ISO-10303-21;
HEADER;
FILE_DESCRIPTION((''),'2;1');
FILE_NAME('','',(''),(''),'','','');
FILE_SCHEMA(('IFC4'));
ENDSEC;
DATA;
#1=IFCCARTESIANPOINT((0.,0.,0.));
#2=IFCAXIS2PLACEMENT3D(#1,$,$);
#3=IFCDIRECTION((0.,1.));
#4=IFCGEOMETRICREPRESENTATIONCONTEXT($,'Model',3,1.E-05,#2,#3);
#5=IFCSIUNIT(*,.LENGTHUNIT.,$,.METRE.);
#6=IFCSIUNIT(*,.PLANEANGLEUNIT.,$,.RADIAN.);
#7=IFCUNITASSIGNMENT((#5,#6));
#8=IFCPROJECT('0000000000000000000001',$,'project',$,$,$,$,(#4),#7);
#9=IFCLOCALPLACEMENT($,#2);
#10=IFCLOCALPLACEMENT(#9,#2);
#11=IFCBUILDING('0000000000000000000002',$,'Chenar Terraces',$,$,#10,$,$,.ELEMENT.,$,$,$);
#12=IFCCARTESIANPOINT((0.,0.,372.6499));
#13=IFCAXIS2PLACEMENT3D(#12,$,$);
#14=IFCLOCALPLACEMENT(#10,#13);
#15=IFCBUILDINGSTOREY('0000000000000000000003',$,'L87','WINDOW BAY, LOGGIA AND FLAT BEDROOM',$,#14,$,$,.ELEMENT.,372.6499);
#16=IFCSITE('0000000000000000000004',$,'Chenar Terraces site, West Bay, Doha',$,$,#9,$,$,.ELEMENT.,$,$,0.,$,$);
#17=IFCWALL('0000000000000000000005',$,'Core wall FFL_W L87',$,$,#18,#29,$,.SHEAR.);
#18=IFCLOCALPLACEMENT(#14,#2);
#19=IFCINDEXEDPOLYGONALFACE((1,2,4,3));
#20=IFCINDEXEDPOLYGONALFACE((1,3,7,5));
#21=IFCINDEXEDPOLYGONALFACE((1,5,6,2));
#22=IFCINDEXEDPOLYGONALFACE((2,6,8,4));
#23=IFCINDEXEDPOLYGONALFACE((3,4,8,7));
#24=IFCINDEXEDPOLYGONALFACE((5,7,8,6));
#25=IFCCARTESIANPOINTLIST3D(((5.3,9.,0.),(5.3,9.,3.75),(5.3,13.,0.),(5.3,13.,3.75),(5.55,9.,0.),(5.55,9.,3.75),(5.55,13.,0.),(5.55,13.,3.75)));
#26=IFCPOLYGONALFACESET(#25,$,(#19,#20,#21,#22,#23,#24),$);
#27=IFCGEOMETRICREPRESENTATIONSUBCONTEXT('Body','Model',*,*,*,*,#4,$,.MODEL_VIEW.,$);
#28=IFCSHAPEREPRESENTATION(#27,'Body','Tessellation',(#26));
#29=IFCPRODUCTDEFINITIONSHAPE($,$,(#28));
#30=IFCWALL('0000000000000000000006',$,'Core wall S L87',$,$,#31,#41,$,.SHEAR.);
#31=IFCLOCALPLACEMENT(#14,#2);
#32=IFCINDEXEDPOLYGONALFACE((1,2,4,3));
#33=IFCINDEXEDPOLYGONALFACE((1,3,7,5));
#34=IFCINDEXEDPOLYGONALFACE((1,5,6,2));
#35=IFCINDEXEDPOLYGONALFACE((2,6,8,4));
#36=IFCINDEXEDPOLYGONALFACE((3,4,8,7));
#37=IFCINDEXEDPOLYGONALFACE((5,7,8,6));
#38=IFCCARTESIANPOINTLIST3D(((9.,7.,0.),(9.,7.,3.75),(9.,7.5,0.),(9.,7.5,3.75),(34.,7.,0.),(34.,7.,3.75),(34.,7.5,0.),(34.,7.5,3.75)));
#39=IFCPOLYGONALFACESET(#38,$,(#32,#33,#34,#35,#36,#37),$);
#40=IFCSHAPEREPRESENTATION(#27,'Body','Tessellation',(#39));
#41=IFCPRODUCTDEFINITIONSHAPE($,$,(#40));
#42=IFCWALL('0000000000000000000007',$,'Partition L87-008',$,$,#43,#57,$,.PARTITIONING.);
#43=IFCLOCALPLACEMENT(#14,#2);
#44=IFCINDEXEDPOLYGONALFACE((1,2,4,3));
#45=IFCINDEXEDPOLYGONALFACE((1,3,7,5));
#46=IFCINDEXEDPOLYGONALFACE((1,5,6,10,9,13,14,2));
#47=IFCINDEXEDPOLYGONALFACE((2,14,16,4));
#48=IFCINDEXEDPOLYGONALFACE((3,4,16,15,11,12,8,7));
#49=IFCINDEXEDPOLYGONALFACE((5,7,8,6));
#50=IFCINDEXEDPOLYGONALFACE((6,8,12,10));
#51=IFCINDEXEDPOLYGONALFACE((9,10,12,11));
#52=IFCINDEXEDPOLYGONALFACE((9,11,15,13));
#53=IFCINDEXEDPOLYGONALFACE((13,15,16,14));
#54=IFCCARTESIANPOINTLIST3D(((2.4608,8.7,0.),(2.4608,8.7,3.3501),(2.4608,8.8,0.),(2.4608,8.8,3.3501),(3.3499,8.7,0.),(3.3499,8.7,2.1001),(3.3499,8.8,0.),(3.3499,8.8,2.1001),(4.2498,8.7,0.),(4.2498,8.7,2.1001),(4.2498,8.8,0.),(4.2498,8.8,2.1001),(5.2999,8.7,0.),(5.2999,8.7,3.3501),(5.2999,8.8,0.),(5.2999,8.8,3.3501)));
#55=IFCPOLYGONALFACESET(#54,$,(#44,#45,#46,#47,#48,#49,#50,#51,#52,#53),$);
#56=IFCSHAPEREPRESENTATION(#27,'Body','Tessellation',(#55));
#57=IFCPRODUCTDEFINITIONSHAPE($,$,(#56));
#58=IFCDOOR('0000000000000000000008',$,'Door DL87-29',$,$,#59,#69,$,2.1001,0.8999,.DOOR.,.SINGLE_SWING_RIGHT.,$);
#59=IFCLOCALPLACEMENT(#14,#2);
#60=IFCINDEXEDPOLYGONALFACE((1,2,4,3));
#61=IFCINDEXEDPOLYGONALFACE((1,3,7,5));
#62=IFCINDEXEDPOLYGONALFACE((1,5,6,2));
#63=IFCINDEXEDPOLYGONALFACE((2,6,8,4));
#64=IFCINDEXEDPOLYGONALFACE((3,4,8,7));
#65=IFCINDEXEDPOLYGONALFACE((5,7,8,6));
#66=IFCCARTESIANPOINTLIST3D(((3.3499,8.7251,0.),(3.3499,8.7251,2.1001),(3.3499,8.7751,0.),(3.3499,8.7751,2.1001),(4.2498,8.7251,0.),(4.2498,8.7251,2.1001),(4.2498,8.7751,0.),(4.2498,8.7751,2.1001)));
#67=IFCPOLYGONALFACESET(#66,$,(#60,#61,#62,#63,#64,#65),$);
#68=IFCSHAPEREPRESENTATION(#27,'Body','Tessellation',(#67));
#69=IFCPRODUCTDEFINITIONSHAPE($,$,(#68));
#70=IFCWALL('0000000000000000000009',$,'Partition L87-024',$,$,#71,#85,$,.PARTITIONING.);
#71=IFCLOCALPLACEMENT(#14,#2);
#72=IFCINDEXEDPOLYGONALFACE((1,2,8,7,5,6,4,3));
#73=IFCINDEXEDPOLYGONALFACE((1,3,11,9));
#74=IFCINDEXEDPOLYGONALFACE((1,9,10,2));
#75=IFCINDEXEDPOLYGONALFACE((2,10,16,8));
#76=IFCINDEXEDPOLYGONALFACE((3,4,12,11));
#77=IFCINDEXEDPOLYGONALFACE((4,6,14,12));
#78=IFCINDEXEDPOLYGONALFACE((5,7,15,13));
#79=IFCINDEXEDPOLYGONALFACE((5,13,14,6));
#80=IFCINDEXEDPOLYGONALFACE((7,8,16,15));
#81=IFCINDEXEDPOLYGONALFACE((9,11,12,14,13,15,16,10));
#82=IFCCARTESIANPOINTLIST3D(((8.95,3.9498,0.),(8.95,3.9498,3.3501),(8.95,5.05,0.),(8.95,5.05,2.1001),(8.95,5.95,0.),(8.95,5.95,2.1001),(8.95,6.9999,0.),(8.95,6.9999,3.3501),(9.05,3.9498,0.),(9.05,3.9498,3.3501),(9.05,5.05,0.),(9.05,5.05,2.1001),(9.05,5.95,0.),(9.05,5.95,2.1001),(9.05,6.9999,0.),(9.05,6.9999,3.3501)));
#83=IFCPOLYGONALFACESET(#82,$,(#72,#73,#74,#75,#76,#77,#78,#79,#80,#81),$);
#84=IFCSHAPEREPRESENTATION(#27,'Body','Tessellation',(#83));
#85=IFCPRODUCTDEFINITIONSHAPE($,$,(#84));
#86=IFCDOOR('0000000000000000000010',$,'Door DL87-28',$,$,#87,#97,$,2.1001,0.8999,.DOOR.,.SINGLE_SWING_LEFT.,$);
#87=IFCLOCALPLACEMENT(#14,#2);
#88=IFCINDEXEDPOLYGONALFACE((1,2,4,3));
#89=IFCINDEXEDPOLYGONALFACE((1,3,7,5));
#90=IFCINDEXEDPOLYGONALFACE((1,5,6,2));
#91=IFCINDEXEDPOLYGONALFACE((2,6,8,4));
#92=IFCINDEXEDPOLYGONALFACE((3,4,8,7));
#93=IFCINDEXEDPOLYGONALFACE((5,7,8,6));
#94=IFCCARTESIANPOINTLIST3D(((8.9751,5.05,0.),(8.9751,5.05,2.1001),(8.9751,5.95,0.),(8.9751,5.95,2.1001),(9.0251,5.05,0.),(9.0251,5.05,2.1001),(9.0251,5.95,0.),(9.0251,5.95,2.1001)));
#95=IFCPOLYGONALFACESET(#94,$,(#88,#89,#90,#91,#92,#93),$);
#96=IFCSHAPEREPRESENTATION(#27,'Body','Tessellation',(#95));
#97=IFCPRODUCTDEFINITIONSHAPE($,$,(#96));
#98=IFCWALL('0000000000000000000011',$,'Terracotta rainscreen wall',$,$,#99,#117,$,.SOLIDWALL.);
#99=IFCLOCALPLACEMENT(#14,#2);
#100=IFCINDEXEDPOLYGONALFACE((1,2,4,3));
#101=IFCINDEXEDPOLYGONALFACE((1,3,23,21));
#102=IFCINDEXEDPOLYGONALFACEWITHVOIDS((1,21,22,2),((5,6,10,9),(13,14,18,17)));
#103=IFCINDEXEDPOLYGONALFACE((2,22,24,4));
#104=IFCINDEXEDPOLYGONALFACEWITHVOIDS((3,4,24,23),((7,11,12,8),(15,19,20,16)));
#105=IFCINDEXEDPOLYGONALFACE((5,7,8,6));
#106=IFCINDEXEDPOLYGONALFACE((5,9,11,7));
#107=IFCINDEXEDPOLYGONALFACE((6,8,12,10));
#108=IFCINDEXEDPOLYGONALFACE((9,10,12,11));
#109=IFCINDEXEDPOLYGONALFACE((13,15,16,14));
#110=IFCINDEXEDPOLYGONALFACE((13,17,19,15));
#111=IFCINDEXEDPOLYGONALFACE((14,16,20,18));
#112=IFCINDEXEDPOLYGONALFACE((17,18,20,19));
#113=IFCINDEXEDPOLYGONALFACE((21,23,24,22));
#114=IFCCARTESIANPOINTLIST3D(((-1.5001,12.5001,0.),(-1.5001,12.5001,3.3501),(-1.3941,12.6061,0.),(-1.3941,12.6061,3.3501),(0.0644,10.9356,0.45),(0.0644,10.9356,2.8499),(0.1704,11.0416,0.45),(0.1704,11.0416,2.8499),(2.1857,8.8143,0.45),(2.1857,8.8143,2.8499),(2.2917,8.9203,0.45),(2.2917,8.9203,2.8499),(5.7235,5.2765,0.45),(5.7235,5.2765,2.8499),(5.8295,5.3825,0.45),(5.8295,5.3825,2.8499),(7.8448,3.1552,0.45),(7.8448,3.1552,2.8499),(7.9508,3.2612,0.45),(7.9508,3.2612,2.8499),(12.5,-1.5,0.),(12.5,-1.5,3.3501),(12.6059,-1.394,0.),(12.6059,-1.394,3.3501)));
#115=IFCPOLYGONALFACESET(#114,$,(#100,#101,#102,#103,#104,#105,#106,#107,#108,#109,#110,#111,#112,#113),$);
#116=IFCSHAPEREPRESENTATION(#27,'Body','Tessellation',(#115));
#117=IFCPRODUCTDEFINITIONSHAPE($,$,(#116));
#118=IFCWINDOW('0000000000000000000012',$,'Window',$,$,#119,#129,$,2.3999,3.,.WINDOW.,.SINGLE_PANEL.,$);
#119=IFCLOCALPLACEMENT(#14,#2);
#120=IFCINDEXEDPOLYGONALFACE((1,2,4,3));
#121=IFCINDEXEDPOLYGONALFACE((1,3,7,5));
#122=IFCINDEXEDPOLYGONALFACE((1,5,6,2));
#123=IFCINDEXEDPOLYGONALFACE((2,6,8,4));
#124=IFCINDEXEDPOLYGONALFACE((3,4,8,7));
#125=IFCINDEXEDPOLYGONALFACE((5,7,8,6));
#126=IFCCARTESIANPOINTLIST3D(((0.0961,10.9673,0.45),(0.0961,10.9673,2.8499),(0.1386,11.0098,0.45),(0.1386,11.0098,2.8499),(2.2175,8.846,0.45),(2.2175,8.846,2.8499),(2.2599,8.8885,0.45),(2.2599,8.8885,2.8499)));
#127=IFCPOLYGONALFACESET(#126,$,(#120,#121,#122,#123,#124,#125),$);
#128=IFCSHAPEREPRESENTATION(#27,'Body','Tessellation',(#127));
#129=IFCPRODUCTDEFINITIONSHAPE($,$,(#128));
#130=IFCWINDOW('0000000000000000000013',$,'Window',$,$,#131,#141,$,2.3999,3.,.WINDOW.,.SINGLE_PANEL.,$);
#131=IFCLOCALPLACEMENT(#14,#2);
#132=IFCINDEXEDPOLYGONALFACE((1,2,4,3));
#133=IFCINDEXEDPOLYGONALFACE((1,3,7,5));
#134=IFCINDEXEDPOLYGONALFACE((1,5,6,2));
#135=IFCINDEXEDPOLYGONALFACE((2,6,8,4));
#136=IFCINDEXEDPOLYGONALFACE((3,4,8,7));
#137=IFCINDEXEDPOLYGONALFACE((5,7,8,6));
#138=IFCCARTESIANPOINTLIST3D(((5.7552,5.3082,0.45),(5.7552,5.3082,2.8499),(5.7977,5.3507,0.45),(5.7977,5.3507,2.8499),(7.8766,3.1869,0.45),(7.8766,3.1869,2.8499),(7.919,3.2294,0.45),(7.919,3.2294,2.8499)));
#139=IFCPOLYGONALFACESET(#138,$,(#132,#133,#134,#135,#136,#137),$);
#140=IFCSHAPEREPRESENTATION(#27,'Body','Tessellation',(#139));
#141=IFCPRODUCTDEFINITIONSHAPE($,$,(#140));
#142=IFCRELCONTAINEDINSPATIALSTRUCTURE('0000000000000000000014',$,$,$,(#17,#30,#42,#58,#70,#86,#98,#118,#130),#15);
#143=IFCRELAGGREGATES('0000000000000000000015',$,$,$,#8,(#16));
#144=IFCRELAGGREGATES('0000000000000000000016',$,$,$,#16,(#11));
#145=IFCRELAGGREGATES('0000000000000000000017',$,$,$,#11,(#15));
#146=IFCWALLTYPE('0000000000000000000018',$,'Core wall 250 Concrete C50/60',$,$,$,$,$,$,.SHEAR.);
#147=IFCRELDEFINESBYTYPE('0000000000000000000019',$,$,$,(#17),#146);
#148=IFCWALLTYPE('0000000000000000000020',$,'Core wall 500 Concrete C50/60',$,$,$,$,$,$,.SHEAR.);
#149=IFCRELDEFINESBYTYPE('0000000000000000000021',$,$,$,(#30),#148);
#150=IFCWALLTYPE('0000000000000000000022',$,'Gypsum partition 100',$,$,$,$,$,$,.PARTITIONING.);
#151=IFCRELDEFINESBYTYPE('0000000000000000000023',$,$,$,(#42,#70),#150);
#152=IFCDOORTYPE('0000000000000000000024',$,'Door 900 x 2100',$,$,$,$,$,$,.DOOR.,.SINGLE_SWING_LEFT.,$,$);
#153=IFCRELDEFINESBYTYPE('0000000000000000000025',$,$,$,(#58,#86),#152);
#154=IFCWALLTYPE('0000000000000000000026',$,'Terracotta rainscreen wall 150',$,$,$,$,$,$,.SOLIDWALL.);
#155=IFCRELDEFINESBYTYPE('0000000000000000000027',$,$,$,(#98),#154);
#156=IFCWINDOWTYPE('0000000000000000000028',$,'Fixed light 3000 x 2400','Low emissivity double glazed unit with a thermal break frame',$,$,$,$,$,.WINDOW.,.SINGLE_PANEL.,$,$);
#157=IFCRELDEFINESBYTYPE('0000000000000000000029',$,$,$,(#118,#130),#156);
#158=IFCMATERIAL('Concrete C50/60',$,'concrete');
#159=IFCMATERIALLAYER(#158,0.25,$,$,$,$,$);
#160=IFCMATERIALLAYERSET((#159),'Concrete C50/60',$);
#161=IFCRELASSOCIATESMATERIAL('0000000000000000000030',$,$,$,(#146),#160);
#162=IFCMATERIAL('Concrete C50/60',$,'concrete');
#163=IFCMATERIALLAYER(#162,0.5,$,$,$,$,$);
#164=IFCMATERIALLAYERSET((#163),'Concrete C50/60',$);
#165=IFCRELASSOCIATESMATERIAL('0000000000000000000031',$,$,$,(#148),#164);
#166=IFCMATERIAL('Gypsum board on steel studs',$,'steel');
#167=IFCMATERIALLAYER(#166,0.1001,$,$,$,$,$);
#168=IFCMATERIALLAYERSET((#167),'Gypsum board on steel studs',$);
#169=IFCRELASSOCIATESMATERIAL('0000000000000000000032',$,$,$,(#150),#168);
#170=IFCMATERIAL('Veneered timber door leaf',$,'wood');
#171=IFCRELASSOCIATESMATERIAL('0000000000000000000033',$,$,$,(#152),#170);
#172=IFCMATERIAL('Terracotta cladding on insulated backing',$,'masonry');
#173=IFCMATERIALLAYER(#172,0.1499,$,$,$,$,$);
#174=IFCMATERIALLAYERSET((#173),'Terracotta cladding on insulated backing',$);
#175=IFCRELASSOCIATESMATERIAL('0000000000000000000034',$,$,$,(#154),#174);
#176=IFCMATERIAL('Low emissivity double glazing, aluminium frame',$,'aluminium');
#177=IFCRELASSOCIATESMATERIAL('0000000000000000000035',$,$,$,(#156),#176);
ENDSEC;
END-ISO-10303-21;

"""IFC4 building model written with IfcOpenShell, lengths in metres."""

from ifc_helpers import new_model, si_unit, direction, frame, frame_2d, origin, place, context, subcontext, project, spatial, rectangle, extrude, material, layer, layer_set, type_object, element, fill, save


model = new_model("IFC4")

# Units and contexts
model_context = context("Model", 3, precision=1e-05, world=origin(), true_north=direction((0.0, 1.0)))
body_context = subcontext(model_context, "Body", "Model", "MODEL_VIEW")
ifc_project = project(units=[si_unit("LENGTHUNIT", "METRE"), si_unit("PLANEANGLEUNIT", "RADIAN")], contexts=[model_context])

# Site, building, storey
site_placement = place(None, origin())
site = spatial("IfcSite", under=ifc_project, at=site_placement, Name="Chenar Terraces site, West Bay, Doha", CompositionType="ELEMENT", RefElevation=0.0)
building_placement = place(site_placement, origin())
building = spatial("IfcBuilding", under=site, at=building_placement, Name="Chenar Terraces", CompositionType="ELEMENT")
storey_placement = place(building_placement, frame((0.0, 0.0, 372.6499)))
storey = spatial("IfcBuildingStorey", under=building, at=storey_placement, Name="L87", Description="WINDOW BAY, LOGGIA AND FLAT BEDROOM", CompositionType="ELEMENT", Elevation=372.6499)

# Walls
ifc_material_1 = material(Name="Concrete C50/60", Category="concrete")
ifc_layer_1 = layer(ifc_material_1, 0.25)
ifc_layer_set_1 = layer_set([ifc_layer_1], Name="Concrete C50/60")
wall_type_1 = type_object("IfcWallType", Name="Core wall 250 Concrete C50/60", PredefinedType="SHEAR", material=ifc_layer_set_1)
wall_1_placement = place(storey_placement, frame((5.425, 9.0, 0.0), z_axis=(0.0, 0.0, 1.0), x_axis=(0.0, 1.0, 0.0)))
element("IfcWall", 1, at=wall_1_placement, inside=storey, type_object=wall_type_1, Name="Core wall FFL_W L87", PredefinedType="SHEAR", context=body_context, shape_type="SweptSolid", body=[
    extrude(rectangle(XDim=4.0, YDim=0.25, at=frame_2d((2.0, 0.0))), origin(), (0.0, 0.0, 1.0), 3.75),
])
ifc_material_2 = material(Name="Concrete C50/60", Category="concrete")
ifc_layer_2 = layer(ifc_material_2, 0.5)
ifc_layer_set_2 = layer_set([ifc_layer_2], Name="Concrete C50/60")
wall_type_2 = type_object("IfcWallType", Name="Core wall 500 Concrete C50/60", PredefinedType="SHEAR", material=ifc_layer_set_2)
wall_2_placement = place(storey_placement, frame((9.0, 7.25, 0.0), z_axis=(0.0, 0.0, 1.0), x_axis=(1.0, 0.0, 0.0)))
element("IfcWall", 2, at=wall_2_placement, inside=storey, type_object=wall_type_2, Name="Core wall S L87", PredefinedType="SHEAR", context=body_context, shape_type="SweptSolid", body=[
    extrude(rectangle(XDim=25.0, YDim=0.5, at=frame_2d((12.5, 0.0))), origin(), (0.0, 0.0, 1.0), 3.75),
])

# Walls, openings, doors
ifc_material_3 = material(Name="Gypsum board on steel studs", Category="steel")
ifc_layer_3 = layer(ifc_material_3, 0.1001)
ifc_layer_set_3 = layer_set([ifc_layer_3], Name="Gypsum board on steel studs")
wall_type_3 = type_object("IfcWallType", Name="Gypsum partition 100", PredefinedType="PARTITIONING", material=ifc_layer_set_3)
wall_3_placement = place(storey_placement, frame((2.4609, 8.75, 0.0), z_axis=(0.0, 0.0, 1.0), x_axis=(1.0, 0.0, 0.0)))
wall_3 = element("IfcWall", 3, at=wall_3_placement, inside=storey, type_object=wall_type_3, Name="Partition L87-008", PredefinedType="PARTITIONING", context=body_context, shape_type="SweptSolid", body=[
    extrude(rectangle(XDim=2.8391, YDim=0.1001, at=frame_2d((1.4194, 0.0))), origin(), (0.0, 0.0, 1.0), 3.3501),
])
opening_1_placement = place(wall_3_placement, frame((0.8889, 0.0, 0.0)))
opening_1 = element("IfcOpeningElement", 4, at=opening_1_placement, cuts=wall_3, PredefinedType="OPENING", context=body_context, shape_type="SweptSolid", body=[
    extrude(rectangle(XDim=0.8999, YDim=2.1001, at=frame_2d((0.45, 1.05))), frame((0.0, 0.0601, 0.0), z_axis=(0.0, -1.0, 0.0), x_axis=(1.0, 0.0, 0.0)), (0.0, 0.0, 1.0), 0.1201),
])
ifc_material_4 = material(Name="Veneered timber door leaf", Category="wood")
door_type = type_object("IfcDoorType", Name="Door 900 x 2100", OperationType="SINGLE_SWING_LEFT", PredefinedType="DOOR", material=ifc_material_4)
door_1_placement = place(opening_1_placement, frame((0.8999, 0.0, 0.0), z_axis=(0.0, 0.0, 1.0), x_axis=(-1.0, 0.0, 0.0)))
door_1 = element("IfcDoor", 5, at=door_1_placement, inside=storey, type_object=door_type, Name="Door DL87-29", OperationType="SINGLE_SWING_RIGHT", OverallHeight=2.1001, OverallWidth=0.8999, PredefinedType="DOOR", context=body_context, shape_type="SweptSolid", body=[
    extrude(rectangle(XDim=0.8999, YDim=2.1001, at=frame_2d((0.45, 1.05))), frame((0.0, 0.0249, 0.0), z_axis=(0.0, -1.0, 0.0), x_axis=(1.0, 0.0, 0.0)), (0.0, 0.0, 1.0), 0.05),
])
fill(opening_1, door_1)
wall_4_placement = place(storey_placement, frame((9.0, 3.95, 0.0), z_axis=(0.0, 0.0, 1.0), x_axis=(0.0, 1.0, 0.0)))
wall_4 = element("IfcWall", 6, at=wall_4_placement, inside=storey, type_object=wall_type_3, Name="Partition L87-024", PredefinedType="PARTITIONING", context=body_context, shape_type="SweptSolid", body=[
    extrude(rectangle(XDim=3.05, YDim=0.1001, at=frame_2d((1.5249, 0.0))), origin(), (0.0, 0.0, 1.0), 3.3501),
])
opening_2_placement = place(wall_4_placement, frame((1.1001, 0.0, 0.0)))
opening_2 = element("IfcOpeningElement", 7, at=opening_2_placement, cuts=wall_4, PredefinedType="OPENING", context=body_context, shape_type="SweptSolid", body=[
    extrude(rectangle(XDim=0.8999, YDim=2.1001, at=frame_2d((0.45, 1.05))), frame((0.0, 0.0601, 0.0), z_axis=(0.0, -1.0, 0.0), x_axis=(1.0, 0.0, 0.0)), (0.0, 0.0, 1.0), 0.1201),
])
door_2_placement = place(opening_2_placement, origin())
door_2 = element("IfcDoor", 8, at=door_2_placement, inside=storey, type_object=door_type, Name="Door DL87-28", OperationType="SINGLE_SWING_LEFT", OverallHeight=2.1001, OverallWidth=0.8999, PredefinedType="DOOR", context=body_context, shape_type="SweptSolid", body=[
    extrude(rectangle(XDim=0.8999, YDim=2.1001, at=frame_2d((0.45, 1.05))), frame((0.0, 0.0249, 0.0), z_axis=(0.0, -1.0, 0.0), x_axis=(1.0, 0.0, 0.0)), (0.0, 0.0, 1.0), 0.05),
])
fill(opening_2, door_2)

# Wall, openings, windows
ifc_material_5 = material(Name="Terracotta cladding on insulated backing", Category="masonry")
ifc_layer_4 = layer(ifc_material_5, 0.1499)
ifc_layer_set_4 = layer_set([ifc_layer_4], Name="Terracotta cladding on insulated backing")
wall_type_4 = type_object("IfcWallType", Name="Terracotta rainscreen wall 150", PredefinedType="SOLIDWALL", material=ifc_layer_set_4)
wall_5_placement = place(storey_placement, frame((-1.447, 12.553, 0.0), z_axis=(0.0, 0.0, 1.0), x_axis=(0.707107, -0.707107, 0.0)))
wall_5 = element("IfcWall", 9, at=wall_5_placement, inside=storey, type_object=wall_type_4, Name="Terracotta rainscreen wall", PredefinedType="SOLIDWALL", context=body_context, shape_type="SweptSolid", body=[
    extrude(rectangle(XDim=19.7991, YDim=0.1499, at=frame_2d((9.8994, 0.0))), origin(), (0.0, 0.0, 1.0), 3.3501),
])
opening_3_placement = place(wall_5_placement, frame((2.2124, 0.0, 0.45)))
opening_3 = element("IfcOpeningElement", 10, at=opening_3_placement, cuts=wall_5, PredefinedType="OPENING", context=body_context, shape_type="SweptSolid", body=[
    extrude(rectangle(XDim=3.0, YDim=2.3999, at=frame_2d((1.5, 1.2))), frame((0.0, 0.085, 0.0), z_axis=(0.0, -1.0, 0.0), x_axis=(1.0, 0.0, 0.0)), (0.0, 0.0, 1.0), 0.1699),
])
opening_4_placement = place(wall_5_placement, frame((10.2156, 0.0, 0.45)))
opening_4 = element("IfcOpeningElement", 11, at=opening_4_placement, cuts=wall_5, PredefinedType="OPENING", context=body_context, shape_type="SweptSolid", body=[
    extrude(rectangle(XDim=3.0, YDim=2.3999, at=frame_2d((1.5, 1.2))), frame((0.0, 0.085, 0.0), z_axis=(0.0, -1.0, 0.0), x_axis=(1.0, 0.0, 0.0)), (0.0, 0.0, 1.0), 0.1699),
])
ifc_material_6 = material(Name="Low emissivity double glazing, aluminium frame", Category="aluminium")
window_type = type_object("IfcWindowType", Name="Fixed light 3000 x 2400", Description="Low emissivity double glazed unit with a thermal break frame", PartitioningType="SINGLE_PANEL", PredefinedType="WINDOW", material=ifc_material_6)
window_1_placement = place(opening_3_placement, origin())
window_1 = element("IfcWindow", 12, at=window_1_placement, inside=storey, type_object=window_type, Name="Window", OverallHeight=2.3999, OverallWidth=3.0, PartitioningType="SINGLE_PANEL", PredefinedType="WINDOW", context=body_context, shape_type="SweptSolid", body=[
    extrude(rectangle(XDim=3.0, YDim=2.3999, at=frame_2d((1.5, 1.2))), frame((0.0, 0.03, 0.0), z_axis=(0.0, -1.0, 0.0), x_axis=(1.0, 0.0, 0.0)), (0.0, 0.0, 1.0), 0.0601),
])
fill(opening_3, window_1)
window_2_placement = place(opening_4_placement, origin())
window_2 = element("IfcWindow", 13, at=window_2_placement, inside=storey, type_object=window_type, Name="Window", OverallHeight=2.3999, OverallWidth=3.0, PartitioningType="SINGLE_PANEL", PredefinedType="WINDOW", context=body_context, shape_type="SweptSolid", body=[
    extrude(rectangle(XDim=3.0, YDim=2.3999, at=frame_2d((1.5, 1.2))), frame((0.0, 0.03, 0.0), z_axis=(0.0, -1.0, 0.0), x_axis=(1.0, 0.0, 0.0)), (0.0, 0.0, 1.0), 0.0601),
])
fill(opening_4, window_2)

save(model, "model.ifc")
